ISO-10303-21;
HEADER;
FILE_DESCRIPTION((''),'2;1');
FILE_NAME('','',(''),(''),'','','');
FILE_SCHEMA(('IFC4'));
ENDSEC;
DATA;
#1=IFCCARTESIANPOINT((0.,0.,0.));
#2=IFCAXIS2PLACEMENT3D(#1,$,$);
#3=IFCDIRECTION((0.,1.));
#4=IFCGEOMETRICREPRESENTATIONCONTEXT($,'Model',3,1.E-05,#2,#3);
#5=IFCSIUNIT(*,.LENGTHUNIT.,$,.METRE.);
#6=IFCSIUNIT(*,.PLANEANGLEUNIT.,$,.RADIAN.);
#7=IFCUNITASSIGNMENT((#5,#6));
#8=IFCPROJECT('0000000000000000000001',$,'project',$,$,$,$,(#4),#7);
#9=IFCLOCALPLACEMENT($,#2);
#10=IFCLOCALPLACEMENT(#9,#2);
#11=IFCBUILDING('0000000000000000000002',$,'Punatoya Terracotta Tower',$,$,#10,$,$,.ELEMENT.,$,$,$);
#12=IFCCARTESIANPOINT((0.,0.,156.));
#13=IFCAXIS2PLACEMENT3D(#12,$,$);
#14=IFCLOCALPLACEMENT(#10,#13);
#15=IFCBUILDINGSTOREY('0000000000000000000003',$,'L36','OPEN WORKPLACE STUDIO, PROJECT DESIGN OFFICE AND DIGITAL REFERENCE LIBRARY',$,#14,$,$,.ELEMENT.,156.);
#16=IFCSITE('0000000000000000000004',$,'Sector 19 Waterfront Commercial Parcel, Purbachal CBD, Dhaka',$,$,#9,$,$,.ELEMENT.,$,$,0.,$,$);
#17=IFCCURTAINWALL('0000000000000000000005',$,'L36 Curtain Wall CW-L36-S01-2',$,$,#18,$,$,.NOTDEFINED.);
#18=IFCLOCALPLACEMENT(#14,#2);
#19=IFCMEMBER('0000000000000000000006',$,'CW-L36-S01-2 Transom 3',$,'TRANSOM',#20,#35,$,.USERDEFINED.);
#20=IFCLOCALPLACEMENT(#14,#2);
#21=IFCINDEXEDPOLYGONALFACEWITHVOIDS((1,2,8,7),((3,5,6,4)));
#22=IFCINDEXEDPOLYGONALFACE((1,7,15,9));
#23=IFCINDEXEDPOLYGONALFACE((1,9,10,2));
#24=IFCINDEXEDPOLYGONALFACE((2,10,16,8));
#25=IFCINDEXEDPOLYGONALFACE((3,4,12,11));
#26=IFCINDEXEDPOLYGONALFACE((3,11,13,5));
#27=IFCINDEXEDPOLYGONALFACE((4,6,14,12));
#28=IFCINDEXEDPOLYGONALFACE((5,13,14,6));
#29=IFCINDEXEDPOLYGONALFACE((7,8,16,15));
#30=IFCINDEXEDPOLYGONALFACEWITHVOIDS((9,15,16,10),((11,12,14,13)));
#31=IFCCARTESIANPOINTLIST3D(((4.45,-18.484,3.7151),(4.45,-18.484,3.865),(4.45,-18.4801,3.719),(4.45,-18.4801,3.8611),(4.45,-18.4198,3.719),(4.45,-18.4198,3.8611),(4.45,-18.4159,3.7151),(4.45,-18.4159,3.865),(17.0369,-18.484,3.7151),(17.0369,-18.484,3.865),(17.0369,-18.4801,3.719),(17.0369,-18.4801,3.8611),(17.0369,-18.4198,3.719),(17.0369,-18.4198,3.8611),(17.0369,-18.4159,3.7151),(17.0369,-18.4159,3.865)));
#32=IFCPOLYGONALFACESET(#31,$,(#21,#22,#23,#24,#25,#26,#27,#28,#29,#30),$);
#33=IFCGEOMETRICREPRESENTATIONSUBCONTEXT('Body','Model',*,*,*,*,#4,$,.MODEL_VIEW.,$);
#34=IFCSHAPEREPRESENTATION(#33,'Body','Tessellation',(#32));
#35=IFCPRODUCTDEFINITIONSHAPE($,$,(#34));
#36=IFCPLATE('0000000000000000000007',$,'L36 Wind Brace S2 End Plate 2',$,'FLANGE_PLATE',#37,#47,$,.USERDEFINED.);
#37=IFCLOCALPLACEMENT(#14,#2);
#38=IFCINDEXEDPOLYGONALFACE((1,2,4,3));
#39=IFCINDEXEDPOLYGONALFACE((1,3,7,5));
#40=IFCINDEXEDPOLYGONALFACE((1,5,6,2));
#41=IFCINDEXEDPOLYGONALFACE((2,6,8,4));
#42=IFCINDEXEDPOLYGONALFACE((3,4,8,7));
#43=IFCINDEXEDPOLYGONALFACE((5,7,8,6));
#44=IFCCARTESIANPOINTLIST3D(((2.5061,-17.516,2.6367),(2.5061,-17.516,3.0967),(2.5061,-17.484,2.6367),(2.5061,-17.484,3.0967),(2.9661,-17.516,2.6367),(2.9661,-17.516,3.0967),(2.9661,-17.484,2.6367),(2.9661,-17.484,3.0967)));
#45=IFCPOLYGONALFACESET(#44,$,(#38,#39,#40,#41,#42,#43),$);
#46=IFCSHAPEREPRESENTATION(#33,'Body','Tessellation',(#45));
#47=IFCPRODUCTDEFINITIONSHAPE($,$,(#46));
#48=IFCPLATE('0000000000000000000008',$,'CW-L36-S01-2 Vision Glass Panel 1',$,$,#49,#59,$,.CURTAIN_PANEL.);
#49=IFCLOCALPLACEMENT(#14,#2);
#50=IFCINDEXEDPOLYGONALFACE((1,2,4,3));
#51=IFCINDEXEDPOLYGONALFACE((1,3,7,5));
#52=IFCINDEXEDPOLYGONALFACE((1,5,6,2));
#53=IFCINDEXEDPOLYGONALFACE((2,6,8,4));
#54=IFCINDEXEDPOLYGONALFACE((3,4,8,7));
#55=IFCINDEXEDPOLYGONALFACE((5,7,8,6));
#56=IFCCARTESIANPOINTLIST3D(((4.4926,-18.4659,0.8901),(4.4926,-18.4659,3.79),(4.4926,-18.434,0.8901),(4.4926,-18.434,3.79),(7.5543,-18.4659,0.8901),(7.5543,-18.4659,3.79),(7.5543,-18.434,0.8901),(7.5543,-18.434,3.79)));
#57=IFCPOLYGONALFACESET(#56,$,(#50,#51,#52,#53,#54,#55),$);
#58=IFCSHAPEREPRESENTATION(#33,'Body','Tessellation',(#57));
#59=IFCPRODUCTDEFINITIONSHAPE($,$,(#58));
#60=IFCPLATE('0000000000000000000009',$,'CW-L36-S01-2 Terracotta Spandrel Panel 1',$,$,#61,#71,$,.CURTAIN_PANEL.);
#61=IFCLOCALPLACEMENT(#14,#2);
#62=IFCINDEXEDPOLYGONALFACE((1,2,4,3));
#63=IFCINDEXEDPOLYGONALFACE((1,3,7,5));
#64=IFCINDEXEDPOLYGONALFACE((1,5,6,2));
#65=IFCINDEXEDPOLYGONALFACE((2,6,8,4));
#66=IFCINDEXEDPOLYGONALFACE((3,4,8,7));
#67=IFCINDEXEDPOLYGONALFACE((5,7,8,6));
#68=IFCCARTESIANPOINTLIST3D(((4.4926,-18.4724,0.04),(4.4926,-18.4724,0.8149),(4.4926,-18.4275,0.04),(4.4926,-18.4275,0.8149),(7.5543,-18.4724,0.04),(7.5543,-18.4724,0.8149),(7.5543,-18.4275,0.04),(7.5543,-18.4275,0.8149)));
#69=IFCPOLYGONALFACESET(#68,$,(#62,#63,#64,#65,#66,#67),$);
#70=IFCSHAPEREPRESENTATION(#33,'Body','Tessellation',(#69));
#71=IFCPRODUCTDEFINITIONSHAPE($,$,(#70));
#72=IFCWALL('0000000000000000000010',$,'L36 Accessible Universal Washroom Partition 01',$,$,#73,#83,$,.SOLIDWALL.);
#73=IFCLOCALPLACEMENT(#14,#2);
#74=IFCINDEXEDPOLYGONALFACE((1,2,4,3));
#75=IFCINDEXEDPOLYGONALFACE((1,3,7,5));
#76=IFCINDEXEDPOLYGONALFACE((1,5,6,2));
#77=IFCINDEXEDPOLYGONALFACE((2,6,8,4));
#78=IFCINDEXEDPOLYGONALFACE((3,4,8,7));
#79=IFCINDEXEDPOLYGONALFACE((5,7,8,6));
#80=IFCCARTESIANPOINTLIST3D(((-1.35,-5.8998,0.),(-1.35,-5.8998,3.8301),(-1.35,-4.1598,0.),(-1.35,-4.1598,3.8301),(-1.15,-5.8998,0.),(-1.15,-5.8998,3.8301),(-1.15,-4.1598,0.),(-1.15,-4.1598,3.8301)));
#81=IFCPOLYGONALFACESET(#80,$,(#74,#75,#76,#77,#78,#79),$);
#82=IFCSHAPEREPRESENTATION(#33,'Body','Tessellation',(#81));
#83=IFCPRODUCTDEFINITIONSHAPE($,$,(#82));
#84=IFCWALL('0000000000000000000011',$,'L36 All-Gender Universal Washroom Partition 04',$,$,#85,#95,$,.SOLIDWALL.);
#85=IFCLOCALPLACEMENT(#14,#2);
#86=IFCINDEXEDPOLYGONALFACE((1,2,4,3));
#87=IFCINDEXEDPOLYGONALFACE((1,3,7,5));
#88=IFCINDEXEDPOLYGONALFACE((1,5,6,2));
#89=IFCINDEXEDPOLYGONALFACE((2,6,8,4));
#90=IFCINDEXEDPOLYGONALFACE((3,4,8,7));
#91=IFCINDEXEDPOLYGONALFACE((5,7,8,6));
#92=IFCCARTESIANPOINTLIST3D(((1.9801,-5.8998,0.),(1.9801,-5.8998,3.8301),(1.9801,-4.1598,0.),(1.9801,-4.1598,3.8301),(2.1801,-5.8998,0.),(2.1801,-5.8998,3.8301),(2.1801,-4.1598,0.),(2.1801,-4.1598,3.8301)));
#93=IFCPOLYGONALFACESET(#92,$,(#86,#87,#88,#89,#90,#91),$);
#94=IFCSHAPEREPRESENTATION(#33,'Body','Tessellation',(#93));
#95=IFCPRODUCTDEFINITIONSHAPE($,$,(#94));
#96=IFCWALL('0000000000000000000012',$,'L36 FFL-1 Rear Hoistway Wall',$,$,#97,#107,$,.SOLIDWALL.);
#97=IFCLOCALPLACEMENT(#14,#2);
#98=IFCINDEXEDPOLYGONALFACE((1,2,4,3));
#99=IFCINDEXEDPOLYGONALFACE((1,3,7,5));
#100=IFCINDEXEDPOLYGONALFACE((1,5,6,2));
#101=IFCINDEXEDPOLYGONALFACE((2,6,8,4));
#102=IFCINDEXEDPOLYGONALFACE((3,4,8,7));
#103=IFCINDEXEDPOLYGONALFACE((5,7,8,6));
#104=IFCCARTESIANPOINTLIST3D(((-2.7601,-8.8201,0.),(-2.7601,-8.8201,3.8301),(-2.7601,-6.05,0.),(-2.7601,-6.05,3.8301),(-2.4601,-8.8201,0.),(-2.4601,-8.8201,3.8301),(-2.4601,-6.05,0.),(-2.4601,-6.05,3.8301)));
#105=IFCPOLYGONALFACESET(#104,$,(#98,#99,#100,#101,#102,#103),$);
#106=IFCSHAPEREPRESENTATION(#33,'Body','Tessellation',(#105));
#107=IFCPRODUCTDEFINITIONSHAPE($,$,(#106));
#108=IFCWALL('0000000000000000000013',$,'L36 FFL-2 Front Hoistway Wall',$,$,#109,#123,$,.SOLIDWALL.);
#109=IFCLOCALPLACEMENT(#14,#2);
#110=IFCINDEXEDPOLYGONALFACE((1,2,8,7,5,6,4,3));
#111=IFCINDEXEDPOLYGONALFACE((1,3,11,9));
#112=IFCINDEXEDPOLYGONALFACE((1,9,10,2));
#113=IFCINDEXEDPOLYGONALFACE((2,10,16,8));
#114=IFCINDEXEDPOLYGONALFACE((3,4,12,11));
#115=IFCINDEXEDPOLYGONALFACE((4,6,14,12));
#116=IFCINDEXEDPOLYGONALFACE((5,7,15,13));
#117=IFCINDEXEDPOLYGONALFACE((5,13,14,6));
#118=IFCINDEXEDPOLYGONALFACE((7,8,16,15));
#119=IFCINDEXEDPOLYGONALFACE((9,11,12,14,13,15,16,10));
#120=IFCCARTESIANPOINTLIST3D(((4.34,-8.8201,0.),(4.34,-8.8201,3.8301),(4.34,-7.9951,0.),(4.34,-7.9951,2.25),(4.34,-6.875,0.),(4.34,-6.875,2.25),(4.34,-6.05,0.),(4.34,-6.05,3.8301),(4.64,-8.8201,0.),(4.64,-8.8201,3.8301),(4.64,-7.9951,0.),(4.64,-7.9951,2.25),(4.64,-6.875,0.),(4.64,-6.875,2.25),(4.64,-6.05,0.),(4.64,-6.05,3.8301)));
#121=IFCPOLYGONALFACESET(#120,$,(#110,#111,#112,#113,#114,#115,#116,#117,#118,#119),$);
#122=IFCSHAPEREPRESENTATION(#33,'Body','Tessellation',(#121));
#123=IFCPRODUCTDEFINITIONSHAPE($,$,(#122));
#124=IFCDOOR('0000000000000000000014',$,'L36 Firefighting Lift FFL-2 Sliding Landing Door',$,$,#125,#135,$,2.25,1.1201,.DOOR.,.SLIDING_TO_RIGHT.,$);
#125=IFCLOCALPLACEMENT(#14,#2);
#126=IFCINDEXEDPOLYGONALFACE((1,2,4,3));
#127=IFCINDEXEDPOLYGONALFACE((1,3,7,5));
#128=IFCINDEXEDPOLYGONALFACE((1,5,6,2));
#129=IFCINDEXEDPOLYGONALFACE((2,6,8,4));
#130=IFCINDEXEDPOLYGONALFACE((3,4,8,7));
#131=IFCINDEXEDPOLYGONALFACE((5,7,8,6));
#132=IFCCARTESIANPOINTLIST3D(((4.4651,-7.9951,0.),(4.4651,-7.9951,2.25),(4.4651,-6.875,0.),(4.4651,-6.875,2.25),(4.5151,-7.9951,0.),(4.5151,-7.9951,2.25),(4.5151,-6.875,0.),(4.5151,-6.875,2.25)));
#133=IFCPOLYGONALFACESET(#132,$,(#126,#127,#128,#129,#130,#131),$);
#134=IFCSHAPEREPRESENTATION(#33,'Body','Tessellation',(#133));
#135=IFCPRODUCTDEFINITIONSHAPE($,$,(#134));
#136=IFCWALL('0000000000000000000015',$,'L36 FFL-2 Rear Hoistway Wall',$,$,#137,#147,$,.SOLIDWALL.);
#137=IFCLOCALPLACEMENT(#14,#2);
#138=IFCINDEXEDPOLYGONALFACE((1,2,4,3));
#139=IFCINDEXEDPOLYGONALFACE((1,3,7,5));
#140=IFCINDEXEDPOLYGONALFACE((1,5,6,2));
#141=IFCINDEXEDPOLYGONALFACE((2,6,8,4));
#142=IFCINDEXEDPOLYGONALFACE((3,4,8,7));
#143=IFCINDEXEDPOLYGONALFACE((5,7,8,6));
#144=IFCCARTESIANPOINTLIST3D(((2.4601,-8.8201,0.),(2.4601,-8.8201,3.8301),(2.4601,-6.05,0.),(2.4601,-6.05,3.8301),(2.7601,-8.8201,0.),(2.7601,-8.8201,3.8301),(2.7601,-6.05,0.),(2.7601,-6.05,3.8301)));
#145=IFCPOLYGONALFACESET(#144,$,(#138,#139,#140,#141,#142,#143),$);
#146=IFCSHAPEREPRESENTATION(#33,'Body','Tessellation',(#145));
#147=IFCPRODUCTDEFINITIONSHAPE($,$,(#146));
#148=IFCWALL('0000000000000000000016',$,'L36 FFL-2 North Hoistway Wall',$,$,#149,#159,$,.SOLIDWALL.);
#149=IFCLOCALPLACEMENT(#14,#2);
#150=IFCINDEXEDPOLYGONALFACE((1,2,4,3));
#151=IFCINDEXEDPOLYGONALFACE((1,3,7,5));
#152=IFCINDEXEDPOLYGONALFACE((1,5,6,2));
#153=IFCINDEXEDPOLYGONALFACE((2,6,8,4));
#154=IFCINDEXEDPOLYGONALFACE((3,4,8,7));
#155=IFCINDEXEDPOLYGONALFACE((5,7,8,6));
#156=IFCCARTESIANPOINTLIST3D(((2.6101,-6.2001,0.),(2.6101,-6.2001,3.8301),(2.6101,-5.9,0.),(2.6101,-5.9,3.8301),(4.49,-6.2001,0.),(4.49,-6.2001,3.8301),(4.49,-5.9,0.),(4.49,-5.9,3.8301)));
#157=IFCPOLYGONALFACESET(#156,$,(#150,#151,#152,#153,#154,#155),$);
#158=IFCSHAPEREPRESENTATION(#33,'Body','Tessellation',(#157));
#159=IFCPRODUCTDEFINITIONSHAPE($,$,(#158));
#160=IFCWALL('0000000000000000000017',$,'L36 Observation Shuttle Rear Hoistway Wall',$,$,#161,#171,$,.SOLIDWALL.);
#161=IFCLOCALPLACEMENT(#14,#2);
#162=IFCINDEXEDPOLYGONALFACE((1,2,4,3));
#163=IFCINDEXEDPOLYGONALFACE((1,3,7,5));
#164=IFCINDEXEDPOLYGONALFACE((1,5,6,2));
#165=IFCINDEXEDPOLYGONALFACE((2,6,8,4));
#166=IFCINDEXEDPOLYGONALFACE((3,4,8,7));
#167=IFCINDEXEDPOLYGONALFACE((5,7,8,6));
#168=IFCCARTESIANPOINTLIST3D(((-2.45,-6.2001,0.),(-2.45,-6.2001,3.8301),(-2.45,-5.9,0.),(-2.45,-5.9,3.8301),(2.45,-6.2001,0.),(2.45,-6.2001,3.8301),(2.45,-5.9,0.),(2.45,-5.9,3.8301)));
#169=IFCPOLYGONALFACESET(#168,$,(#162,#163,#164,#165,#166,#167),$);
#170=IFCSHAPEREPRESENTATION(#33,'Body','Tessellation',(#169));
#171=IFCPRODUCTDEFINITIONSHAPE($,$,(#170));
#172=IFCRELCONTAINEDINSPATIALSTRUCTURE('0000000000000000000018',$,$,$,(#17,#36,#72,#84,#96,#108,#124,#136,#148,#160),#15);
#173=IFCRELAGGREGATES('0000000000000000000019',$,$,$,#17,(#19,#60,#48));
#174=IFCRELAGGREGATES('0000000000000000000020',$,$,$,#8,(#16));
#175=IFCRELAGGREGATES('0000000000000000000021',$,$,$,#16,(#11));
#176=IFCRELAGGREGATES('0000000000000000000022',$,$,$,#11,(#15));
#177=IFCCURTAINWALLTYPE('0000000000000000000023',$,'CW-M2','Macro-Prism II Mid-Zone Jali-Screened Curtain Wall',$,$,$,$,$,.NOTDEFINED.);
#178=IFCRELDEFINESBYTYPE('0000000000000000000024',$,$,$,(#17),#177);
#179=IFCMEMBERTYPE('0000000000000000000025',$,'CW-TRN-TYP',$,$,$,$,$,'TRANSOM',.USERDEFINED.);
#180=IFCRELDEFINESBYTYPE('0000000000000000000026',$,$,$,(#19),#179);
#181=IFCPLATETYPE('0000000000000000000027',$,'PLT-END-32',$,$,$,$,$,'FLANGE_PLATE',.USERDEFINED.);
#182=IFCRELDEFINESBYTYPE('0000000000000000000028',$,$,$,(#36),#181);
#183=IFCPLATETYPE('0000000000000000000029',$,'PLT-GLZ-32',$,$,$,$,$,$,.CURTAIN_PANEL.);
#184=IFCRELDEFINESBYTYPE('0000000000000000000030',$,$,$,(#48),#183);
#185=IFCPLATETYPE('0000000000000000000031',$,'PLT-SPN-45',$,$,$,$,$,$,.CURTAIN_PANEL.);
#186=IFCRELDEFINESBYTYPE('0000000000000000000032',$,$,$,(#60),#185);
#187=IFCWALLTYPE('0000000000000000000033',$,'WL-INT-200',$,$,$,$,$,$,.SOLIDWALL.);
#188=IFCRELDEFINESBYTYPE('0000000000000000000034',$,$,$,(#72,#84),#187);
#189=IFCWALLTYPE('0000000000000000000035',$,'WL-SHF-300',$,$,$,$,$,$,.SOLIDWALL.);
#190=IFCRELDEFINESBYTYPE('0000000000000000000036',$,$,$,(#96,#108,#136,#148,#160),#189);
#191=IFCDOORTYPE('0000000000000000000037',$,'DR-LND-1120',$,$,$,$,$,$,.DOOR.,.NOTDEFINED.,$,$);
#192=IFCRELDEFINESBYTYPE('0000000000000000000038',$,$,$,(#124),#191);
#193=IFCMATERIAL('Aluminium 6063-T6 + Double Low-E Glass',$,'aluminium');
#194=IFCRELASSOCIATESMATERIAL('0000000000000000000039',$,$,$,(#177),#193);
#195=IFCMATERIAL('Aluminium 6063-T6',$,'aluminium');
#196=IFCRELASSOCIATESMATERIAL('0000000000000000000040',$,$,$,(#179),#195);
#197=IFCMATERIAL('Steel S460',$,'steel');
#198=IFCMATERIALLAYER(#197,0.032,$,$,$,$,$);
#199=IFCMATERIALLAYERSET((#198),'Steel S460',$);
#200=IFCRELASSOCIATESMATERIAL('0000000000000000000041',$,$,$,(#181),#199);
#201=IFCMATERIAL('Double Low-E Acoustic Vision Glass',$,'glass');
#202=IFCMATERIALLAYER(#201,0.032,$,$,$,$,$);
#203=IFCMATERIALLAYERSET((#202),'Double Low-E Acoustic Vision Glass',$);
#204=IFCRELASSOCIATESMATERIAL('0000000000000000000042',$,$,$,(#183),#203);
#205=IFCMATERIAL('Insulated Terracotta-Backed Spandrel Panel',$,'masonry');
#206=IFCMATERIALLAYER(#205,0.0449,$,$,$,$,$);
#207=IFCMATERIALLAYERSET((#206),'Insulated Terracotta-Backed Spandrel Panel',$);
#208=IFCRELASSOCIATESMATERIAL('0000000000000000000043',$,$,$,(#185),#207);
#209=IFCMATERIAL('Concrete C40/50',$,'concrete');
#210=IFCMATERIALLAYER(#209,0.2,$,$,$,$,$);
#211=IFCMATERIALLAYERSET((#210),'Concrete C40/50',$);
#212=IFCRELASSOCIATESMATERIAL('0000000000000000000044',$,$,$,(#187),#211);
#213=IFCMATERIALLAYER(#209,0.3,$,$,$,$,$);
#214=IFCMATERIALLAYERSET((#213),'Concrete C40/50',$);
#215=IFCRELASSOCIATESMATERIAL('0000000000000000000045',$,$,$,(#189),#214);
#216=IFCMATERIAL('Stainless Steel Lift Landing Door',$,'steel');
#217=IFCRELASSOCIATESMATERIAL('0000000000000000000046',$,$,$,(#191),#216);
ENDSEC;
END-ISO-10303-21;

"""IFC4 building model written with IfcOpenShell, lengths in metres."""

from ifc_helpers import new_model, si_unit, direction, frame, frame_2d, origin, origin_2d, place, context, subcontext, project, spatial, rectangle, hollow_rectangle, extrude, material, layer, layer_set, material_profile, profile_set, type_object, element, fill, aggregate, save


model = new_model("IFC4")

# Units and contexts
model_context = context("Model", 3, precision=1e-05, world=origin(), true_north=direction((0.0, 1.0)))
body_context = subcontext(model_context, "Body", "Model", "MODEL_VIEW")
ifc_project = project(units=[si_unit("LENGTHUNIT", "METRE"), si_unit("PLANEANGLEUNIT", "RADIAN")], contexts=[model_context])

# Site, building, storey
site_placement = place(None, origin())
site = spatial("IfcSite", under=ifc_project, at=site_placement, Name="Sector 19 Waterfront Commercial Parcel, Purbachal CBD, Dhaka", CompositionType="ELEMENT", RefElevation=0.0)
building_placement = place(site_placement, origin())
building = spatial("IfcBuilding", under=site, at=building_placement, Name="Punatoya Terracotta Tower", CompositionType="ELEMENT")
storey_placement = place(building_placement, frame((0.0, 0.0, 156.0)))
storey = spatial("IfcBuildingStorey", under=building, at=storey_placement, Name="L36", Description="OPEN WORKPLACE STUDIO, PROJECT DESIGN OFFICE AND DIGITAL REFERENCE LIBRARY", CompositionType="ELEMENT", Elevation=156.0)

# Shared definitions
ifc_material_1 = material(Name="Steel S460", Category="steel")

# Curtain wall, member
ifc_material_2 = material(Name="Aluminium 6063-T6 + Double Low-E Glass", Category="aluminium")
curtain_wall_type = type_object("IfcCurtainWallType", Name="CW-M2", Description="Macro-Prism II Mid-Zone Jali-Screened Curtain Wall", PredefinedType="NOTDEFINED", material=ifc_material_2)
curtain_wall_placement = place(storey_placement, origin())
curtain_wall = element("IfcCurtainWall", 1, at=curtain_wall_placement, inside=storey, type_object=curtain_wall_type, Name="L36 Curtain Wall CW-L36-S01-2", PredefinedType="NOTDEFINED")
ifc_material_3 = material(Name="Aluminium 6063-T6", Category="aluminium")
ifc_material_profile_1 = material_profile(ifc_material_3, hollow_rectangle(XDim=0.0681, YDim=0.1499, WallThickness=0.0039, at=origin_2d()))
ifc_profile_set_1 = profile_set([ifc_material_profile_1], Name="Aluminium 6063-T6")
member_type_1 = type_object("IfcMemberType", Name="CW-TRN-TYP", ElementType="TRANSOM", PredefinedType="USERDEFINED", material=ifc_profile_set_1)
member_1_placement = place(storey_placement, frame((4.45, -18.45, 3.79), z_axis=(1.0, 0.0, 0.0), x_axis=(0.0, 1.0, 0.0)))
member_1 = element("IfcMember", 2, at=member_1_placement, type_object=member_type_1, Name="CW-L36-S01-2 Transom 3", ObjectType="TRANSOM", PredefinedType="USERDEFINED", context=body_context, shape_type="SweptSolid", body=[
    extrude(hollow_rectangle(XDim=0.0681, YDim=0.1499, WallThickness=0.0039, at=origin_2d()), origin(), (0.0, 0.0, 1.0), 12.5869),
])

# Plates
ifc_layer_1 = layer(ifc_material_1, 0.032)
ifc_layer_set_1 = layer_set([ifc_layer_1], Name="Steel S460")
plate_type_1 = type_object("IfcPlateType", Name="PLT-END-32", ElementType="FLANGE_PLATE", PredefinedType="USERDEFINED", material=ifc_layer_set_1)
plate_1_placement = place(storey_placement, frame((2.7361, -17.5, 2.6367), z_axis=(0.0, 0.0, 1.0), x_axis=(1.0, 0.0, 0.0)))
element("IfcPlate", 3, at=plate_1_placement, inside=storey, type_object=plate_type_1, Name="L36 Wind Brace S2 End Plate 2", ObjectType="FLANGE_PLATE", PredefinedType="USERDEFINED", context=body_context, shape_type="SweptSolid", body=[
    extrude(rectangle(XDim=0.46, YDim=0.032, at=origin_2d()), origin(), (0.0, 0.0, 1.0), 0.46),
])
ifc_material_4 = material(Name="Double Low-E Acoustic Vision Glass", Category="glass")
ifc_layer_2 = layer(ifc_material_4, 0.032)
ifc_layer_set_2 = layer_set([ifc_layer_2], Name="Double Low-E Acoustic Vision Glass")
plate_type_2 = type_object("IfcPlateType", Name="PLT-GLZ-32", PredefinedType="CURTAIN_PANEL", material=ifc_layer_set_2)
plate_2_placement = place(storey_placement, frame((6.0234, -18.45, 0.8901), z_axis=(0.0, 0.0, 1.0), x_axis=(1.0, 0.0, 0.0)))
plate_2 = element("IfcPlate", 4, at=plate_2_placement, type_object=plate_type_2, Name="CW-L36-S01-2 Vision Glass Panel 1", PredefinedType="CURTAIN_PANEL", context=body_context, shape_type="SweptSolid", body=[
    extrude(rectangle(XDim=3.0618, YDim=0.032, at=origin_2d()), origin(), (0.0, 0.0, 1.0), 2.8999),
])
ifc_material_5 = material(Name="Insulated Terracotta-Backed Spandrel Panel", Category="masonry")
ifc_layer_3 = layer(ifc_material_5, 0.0449)
ifc_layer_set_3 = layer_set([ifc_layer_3], Name="Insulated Terracotta-Backed Spandrel Panel")
plate_type_3 = type_object("IfcPlateType", Name="PLT-SPN-45", PredefinedType="CURTAIN_PANEL", material=ifc_layer_set_3)
plate_3_placement = place(storey_placement, frame((6.0234, -18.45, 0.04), z_axis=(0.0, 0.0, 1.0), x_axis=(1.0, 0.0, 0.0)))
plate_3 = element("IfcPlate", 5, at=plate_3_placement, type_object=plate_type_3, Name="CW-L36-S01-2 Terracotta Spandrel Panel 1", PredefinedType="CURTAIN_PANEL", context=body_context, shape_type="SweptSolid", body=[
    extrude(rectangle(XDim=3.0618, YDim=0.0449, at=origin_2d()), origin(), (0.0, 0.0, 1.0), 0.7749),
])
aggregate(curtain_wall, [member_1, plate_3, plate_2])

# Walls
ifc_material_6 = material(Name="Concrete C40/50", Category="concrete")
ifc_layer_4 = layer(ifc_material_6, 0.2)
ifc_layer_set_4 = layer_set([ifc_layer_4], Name="Concrete C40/50")
wall_type_1 = type_object("IfcWallType", Name="WL-INT-200", PredefinedType="SOLIDWALL", material=ifc_layer_set_4)
for number, where, z_axis, x_axis, name in (
    (6, (-1.25, -5.8999, 0.0), (0.0, 0.0, 1.0), (0.0, 1.0, 0.0), "L36 Accessible Universal Washroom Partition 01"),
    (7, (2.0801, -5.8999, 0.0), (0.0, 0.0, 1.0), (0.0, 1.0, 0.0), "L36 All-Gender Universal Washroom Partition 04"),
):
    element("IfcWall", number, at=place(storey_placement, frame(where, z_axis=z_axis, x_axis=x_axis)), inside=storey, type_object=wall_type_1, Name=name, PredefinedType="SOLIDWALL", context=body_context, shape_type="SweptSolid", body=[
        extrude(rectangle(XDim=1.74, YDim=0.2, at=frame_2d((0.8701, 0.0))), origin(), (0.0, 0.0, 1.0), 3.8301),
    ])
ifc_layer_5 = layer(ifc_material_6, 0.3)
ifc_layer_set_5 = layer_set([ifc_layer_5], Name="Concrete C40/50")
wall_type_2 = type_object("IfcWallType", Name="WL-SHF-300", PredefinedType="SOLIDWALL", material=ifc_layer_set_5)
wall_1_placement = place(storey_placement, frame((-2.6101, -8.8201, 0.0), z_axis=(0.0, 0.0, 1.0), x_axis=(0.0, 1.0, 0.0)))
element("IfcWall", 8, at=wall_1_placement, inside=storey, type_object=wall_type_2, Name="L36 FFL-1 Rear Hoistway Wall", PredefinedType="SOLIDWALL", context=body_context, shape_type="SweptSolid", body=[
    extrude(rectangle(XDim=2.77, YDim=0.3, at=frame_2d((1.385, 0.0))), origin(), (0.0, 0.0, 1.0), 3.8301),
])

# Wall, opening, door
wall_2_placement = place(storey_placement, frame((4.49, -8.8201, 0.0), z_axis=(0.0, 0.0, 1.0), x_axis=(0.0, 1.0, 0.0)))
wall_2 = element("IfcWall", 9, at=wall_2_placement, inside=storey, type_object=wall_type_2, Name="L36 FFL-2 Front Hoistway Wall", PredefinedType="SOLIDWALL", context=body_context, shape_type="SweptSolid", body=[
    extrude(rectangle(XDim=2.77, YDim=0.3, at=frame_2d((1.385, 0.0))), origin(), (0.0, 0.0, 1.0), 3.8301),
])
opening_placement = place(wall_2_placement, frame((0.825, 0.0, 0.0)))
opening = element("IfcOpeningElement", 10, at=opening_placement, cuts=wall_2, PredefinedType="OPENING", context=body_context, shape_type="SweptSolid", body=[
    extrude(rectangle(XDim=1.1201, YDim=2.25, at=frame_2d((0.5601, 1.125))), frame((0.0, 0.1599, 0.0), z_axis=(0.0, -1.0, 0.0), x_axis=(1.0, 0.0, 0.0)), (0.0, 0.0, 1.0), 0.3201),
])
ifc_material_7 = material(Name="Stainless Steel Lift Landing Door", Category="steel")
door_type = type_object("IfcDoorType", Name="DR-LND-1120", OperationType="NOTDEFINED", PredefinedType="DOOR", material=ifc_material_7)
door_placement = place(opening_placement, origin())
door = element("IfcDoor", 11, at=door_placement, inside=storey, type_object=door_type, Name="L36 Firefighting Lift FFL-2 Sliding Landing Door", OperationType="SLIDING_TO_RIGHT", OverallHeight=2.25, OverallWidth=1.1201, PredefinedType="DOOR", context=body_context, shape_type="SweptSolid", body=[
    extrude(rectangle(XDim=1.1201, YDim=2.25, at=frame_2d((0.5601, 1.125))), frame((0.0, 0.0249, 0.0), z_axis=(0.0, -1.0, 0.0), x_axis=(1.0, 0.0, 0.0)), (0.0, 0.0, 1.0), 0.05),
])
fill(opening, door)

# Walls
wall_3_placement = place(storey_placement, frame((2.6101, -8.8201, 0.0), z_axis=(0.0, 0.0, 1.0), x_axis=(0.0, 1.0, 0.0)))
element("IfcWall", 12, at=wall_3_placement, inside=storey, type_object=wall_type_2, Name="L36 FFL-2 Rear Hoistway Wall", PredefinedType="SOLIDWALL", context=body_context, shape_type="SweptSolid", body=[
    extrude(rectangle(XDim=2.77, YDim=0.3, at=frame_2d((1.385, 0.0))), origin(), (0.0, 0.0, 1.0), 3.8301),
])
wall_4_placement = place(storey_placement, frame((2.6101, -6.05, 0.0), z_axis=(0.0, 0.0, 1.0), x_axis=(1.0, 0.0, 0.0)))
element("IfcWall", 13, at=wall_4_placement, inside=storey, type_object=wall_type_2, Name="L36 FFL-2 North Hoistway Wall", PredefinedType="SOLIDWALL", context=body_context, shape_type="SweptSolid", body=[
    extrude(rectangle(XDim=1.8799, YDim=0.3, at=frame_2d((0.9399, 0.0))), origin(), (0.0, 0.0, 1.0), 3.8301),
])
wall_5_placement = place(storey_placement, frame((-2.45, -6.05, 0.0), z_axis=(0.0, 0.0, 1.0), x_axis=(1.0, 0.0, 0.0)))
element("IfcWall", 14, at=wall_5_placement, inside=storey, type_object=wall_type_2, Name="L36 Observation Shuttle Rear Hoistway Wall", PredefinedType="SOLIDWALL", context=body_context, shape_type="SweptSolid", body=[
    extrude(rectangle(XDim=4.8999, YDim=0.3, at=frame_2d((2.45, 0.0))), origin(), (0.0, 0.0, 1.0), 3.8301),
])

save(model, "model.ifc")
